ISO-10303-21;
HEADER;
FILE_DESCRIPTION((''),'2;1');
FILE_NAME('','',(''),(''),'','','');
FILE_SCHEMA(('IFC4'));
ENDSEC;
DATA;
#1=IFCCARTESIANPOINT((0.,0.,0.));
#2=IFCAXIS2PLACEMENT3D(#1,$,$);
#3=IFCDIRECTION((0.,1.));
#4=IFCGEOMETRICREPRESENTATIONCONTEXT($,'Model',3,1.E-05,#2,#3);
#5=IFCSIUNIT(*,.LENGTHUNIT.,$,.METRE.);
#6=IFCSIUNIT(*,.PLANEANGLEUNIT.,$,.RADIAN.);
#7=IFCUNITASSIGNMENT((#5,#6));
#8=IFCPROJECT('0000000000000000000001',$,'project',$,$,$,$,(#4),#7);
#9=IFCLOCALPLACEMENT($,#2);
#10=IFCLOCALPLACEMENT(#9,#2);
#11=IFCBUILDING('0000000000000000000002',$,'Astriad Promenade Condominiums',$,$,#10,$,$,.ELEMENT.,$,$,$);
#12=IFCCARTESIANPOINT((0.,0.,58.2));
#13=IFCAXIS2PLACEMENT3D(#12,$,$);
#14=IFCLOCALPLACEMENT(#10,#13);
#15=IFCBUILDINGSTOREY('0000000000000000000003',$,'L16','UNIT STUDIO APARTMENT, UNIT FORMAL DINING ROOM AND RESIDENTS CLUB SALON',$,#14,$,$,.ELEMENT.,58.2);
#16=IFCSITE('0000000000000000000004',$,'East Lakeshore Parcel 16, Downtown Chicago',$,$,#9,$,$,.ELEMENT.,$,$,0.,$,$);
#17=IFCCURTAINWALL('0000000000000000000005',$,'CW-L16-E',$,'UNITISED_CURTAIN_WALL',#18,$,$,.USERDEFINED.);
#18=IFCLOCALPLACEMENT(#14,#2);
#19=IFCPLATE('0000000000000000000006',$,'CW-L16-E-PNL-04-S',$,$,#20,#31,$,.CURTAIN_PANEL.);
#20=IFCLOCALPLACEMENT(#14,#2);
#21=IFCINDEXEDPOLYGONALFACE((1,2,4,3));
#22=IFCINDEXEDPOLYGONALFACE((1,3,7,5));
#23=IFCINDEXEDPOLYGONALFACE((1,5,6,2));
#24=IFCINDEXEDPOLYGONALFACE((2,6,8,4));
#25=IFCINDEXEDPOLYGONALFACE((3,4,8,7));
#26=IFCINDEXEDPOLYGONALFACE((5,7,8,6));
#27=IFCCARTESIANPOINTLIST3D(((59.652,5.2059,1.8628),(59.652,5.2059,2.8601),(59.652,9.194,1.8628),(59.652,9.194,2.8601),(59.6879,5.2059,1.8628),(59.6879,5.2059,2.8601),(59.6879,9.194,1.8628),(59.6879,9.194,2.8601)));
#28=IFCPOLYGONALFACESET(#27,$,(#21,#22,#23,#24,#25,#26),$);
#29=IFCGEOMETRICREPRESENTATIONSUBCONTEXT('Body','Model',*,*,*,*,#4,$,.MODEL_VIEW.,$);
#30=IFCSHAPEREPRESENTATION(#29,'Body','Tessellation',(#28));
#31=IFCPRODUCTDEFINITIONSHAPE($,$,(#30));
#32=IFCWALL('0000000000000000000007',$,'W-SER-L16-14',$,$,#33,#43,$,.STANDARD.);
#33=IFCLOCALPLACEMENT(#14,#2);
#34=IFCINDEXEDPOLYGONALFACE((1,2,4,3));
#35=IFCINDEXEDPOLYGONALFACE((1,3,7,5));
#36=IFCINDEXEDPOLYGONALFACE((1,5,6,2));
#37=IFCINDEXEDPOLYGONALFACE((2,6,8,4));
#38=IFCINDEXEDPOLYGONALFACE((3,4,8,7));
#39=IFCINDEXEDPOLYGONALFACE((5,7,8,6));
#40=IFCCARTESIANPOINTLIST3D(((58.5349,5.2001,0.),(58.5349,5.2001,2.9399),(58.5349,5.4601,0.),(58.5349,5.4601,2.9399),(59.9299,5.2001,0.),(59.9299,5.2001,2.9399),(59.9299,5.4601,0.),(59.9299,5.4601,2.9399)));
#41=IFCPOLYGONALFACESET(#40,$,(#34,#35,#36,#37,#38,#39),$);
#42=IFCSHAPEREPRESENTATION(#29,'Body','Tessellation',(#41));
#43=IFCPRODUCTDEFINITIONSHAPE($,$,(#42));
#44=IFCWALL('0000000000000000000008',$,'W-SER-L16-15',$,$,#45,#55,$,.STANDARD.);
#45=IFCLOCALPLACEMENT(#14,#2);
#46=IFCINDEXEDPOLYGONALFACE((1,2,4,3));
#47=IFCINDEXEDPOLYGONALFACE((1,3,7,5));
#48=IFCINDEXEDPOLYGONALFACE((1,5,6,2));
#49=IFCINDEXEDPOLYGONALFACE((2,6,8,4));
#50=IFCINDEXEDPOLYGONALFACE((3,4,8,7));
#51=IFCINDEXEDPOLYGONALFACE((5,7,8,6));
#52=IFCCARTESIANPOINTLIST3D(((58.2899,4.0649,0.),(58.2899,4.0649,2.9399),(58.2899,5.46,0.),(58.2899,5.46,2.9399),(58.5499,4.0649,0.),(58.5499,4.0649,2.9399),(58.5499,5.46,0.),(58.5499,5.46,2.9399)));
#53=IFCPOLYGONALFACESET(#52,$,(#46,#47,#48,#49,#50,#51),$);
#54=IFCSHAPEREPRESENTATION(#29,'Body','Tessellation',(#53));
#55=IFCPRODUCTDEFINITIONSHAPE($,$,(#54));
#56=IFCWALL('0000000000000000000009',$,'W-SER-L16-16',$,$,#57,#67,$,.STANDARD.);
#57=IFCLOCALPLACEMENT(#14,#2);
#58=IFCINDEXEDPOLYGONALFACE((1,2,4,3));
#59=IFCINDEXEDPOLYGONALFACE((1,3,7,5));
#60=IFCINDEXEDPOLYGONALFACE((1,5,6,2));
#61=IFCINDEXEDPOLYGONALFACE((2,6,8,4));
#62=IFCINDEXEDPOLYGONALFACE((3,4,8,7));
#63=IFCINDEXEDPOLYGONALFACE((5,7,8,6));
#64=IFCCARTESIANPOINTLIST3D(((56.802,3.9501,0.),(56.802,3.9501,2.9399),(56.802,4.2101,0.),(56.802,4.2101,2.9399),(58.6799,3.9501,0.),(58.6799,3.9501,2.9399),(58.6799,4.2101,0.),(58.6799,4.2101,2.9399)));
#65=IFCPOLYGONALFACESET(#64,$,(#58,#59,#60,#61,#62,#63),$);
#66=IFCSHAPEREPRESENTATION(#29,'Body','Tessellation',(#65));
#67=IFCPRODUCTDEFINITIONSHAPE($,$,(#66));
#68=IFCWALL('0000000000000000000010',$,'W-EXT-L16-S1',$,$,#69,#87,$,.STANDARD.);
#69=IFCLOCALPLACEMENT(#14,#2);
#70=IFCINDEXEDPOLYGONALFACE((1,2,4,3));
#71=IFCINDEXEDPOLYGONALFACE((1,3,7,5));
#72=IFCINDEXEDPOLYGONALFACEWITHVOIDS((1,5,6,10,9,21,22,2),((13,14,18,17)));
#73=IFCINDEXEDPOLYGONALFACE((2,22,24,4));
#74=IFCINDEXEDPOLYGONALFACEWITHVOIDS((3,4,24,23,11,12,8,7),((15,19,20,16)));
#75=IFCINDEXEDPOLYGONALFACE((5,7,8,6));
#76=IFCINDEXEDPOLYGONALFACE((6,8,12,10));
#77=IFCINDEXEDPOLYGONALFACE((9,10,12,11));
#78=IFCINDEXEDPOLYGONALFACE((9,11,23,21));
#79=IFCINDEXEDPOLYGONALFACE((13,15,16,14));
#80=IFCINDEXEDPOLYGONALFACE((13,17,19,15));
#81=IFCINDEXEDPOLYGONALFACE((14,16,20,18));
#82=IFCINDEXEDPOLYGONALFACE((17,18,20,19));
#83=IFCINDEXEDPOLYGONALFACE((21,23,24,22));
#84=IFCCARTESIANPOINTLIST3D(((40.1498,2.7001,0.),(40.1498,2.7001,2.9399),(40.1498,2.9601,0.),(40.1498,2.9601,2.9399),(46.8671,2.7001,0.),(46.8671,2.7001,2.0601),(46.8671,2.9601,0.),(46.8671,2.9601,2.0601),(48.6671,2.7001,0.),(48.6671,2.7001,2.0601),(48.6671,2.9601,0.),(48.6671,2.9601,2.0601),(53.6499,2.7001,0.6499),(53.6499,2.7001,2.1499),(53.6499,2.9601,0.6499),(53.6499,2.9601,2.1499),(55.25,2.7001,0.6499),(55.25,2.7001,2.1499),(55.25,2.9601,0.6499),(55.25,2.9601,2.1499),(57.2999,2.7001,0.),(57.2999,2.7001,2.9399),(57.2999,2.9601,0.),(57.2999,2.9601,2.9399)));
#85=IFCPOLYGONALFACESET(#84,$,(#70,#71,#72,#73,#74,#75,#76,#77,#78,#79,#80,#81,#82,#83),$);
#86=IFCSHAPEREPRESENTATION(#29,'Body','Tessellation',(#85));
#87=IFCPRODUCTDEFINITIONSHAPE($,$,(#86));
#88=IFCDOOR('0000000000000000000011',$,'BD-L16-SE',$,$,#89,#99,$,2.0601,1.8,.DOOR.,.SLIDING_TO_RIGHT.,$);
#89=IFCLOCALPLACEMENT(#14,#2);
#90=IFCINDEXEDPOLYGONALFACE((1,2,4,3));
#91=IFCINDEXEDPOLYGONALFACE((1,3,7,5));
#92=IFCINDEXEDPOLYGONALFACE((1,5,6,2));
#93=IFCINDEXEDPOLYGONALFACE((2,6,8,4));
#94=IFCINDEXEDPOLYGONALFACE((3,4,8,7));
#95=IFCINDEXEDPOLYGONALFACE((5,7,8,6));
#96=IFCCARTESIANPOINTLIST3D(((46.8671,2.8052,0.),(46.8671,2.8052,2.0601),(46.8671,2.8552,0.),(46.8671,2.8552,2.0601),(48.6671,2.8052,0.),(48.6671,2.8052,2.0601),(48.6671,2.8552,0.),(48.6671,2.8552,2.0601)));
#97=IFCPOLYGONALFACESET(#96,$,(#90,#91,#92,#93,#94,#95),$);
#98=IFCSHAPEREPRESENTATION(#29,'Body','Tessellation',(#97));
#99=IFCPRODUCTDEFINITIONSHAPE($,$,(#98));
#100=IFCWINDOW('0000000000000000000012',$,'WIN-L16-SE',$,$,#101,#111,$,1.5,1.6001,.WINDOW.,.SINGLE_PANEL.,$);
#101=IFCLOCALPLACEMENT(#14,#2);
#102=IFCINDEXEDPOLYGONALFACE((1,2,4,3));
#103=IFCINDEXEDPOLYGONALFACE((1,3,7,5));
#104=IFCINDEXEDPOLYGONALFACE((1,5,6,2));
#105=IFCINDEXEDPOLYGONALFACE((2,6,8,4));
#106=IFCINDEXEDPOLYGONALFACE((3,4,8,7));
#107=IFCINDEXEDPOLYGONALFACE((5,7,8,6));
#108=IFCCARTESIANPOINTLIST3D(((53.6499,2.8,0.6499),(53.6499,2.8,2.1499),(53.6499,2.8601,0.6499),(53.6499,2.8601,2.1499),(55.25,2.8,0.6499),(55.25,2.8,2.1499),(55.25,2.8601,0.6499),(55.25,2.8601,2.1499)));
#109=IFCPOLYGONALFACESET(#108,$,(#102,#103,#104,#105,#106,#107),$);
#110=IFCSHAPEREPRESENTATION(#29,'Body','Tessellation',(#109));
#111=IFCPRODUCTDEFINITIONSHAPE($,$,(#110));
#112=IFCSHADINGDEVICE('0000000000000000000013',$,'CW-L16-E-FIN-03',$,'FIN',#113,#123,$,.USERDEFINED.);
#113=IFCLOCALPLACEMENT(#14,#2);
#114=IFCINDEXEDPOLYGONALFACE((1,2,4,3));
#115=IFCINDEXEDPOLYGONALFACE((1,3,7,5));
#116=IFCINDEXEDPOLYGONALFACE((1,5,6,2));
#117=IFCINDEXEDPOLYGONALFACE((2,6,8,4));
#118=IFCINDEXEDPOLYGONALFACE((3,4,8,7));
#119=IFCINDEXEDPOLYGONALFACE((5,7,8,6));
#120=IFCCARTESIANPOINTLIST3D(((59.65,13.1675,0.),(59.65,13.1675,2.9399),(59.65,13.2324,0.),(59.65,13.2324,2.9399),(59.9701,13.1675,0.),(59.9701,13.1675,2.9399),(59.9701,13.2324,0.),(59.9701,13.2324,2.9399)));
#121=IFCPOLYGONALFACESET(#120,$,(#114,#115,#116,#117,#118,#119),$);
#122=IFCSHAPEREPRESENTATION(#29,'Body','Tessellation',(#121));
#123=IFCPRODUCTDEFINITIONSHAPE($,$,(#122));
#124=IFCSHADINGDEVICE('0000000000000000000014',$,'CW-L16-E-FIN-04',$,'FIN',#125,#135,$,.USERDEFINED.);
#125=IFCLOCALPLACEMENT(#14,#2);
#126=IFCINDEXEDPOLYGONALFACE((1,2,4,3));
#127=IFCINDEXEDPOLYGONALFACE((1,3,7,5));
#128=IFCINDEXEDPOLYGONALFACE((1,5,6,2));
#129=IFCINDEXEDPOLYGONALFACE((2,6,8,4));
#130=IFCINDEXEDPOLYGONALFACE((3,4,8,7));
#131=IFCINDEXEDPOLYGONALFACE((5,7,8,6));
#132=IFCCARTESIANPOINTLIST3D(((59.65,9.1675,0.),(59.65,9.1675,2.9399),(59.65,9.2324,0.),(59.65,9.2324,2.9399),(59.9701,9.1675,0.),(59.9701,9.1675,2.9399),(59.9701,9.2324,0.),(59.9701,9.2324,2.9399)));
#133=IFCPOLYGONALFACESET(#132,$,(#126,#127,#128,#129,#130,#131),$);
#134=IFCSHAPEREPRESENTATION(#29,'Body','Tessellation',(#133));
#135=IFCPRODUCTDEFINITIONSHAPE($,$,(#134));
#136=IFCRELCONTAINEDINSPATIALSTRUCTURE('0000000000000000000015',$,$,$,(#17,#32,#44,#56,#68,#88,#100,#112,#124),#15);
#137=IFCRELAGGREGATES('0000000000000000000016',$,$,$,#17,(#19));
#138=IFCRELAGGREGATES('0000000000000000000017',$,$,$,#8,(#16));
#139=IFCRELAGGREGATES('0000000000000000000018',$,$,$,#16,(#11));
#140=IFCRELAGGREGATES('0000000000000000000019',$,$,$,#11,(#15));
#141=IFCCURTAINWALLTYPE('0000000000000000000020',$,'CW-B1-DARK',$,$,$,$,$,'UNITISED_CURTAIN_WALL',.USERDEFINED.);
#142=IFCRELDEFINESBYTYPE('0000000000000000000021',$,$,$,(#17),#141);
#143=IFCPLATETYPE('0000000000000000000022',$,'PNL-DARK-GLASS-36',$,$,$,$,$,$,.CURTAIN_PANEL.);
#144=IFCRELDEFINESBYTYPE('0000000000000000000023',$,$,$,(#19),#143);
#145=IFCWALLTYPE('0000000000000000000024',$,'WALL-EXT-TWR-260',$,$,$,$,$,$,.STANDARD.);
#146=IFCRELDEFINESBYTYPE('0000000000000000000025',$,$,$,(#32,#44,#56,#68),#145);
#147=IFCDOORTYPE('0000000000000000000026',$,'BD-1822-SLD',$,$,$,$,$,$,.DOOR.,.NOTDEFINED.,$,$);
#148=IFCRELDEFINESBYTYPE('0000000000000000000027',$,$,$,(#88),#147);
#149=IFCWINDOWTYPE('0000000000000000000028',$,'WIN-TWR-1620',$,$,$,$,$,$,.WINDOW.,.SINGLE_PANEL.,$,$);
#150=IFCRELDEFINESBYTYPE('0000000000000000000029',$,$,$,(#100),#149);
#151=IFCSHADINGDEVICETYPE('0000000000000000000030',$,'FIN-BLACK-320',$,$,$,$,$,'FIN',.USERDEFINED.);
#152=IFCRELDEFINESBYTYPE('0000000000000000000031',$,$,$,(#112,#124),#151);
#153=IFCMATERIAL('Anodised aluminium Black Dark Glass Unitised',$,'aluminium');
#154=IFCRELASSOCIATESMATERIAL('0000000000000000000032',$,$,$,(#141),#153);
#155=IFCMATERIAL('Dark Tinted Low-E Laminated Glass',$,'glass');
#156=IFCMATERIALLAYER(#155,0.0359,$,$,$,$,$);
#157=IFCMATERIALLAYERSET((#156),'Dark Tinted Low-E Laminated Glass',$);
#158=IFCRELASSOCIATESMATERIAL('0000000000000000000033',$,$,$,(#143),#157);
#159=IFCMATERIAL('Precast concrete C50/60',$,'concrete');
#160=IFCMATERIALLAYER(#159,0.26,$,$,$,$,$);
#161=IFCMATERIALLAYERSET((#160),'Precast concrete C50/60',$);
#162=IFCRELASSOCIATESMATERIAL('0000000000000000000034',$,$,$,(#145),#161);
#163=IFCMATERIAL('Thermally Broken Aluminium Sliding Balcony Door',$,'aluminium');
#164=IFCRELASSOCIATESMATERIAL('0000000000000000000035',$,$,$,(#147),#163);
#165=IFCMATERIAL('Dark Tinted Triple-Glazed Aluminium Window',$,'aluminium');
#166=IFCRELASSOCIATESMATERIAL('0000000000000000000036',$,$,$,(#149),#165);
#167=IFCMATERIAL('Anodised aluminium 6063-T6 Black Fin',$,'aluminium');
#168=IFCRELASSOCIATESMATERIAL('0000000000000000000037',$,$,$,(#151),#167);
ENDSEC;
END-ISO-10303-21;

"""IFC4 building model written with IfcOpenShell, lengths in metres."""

from ifc_helpers import new_model, si_unit, direction, frame, frame_2d, origin, origin_2d, place, context, subcontext, project, spatial, rectangle, extrude, source, transform, mapped, material, layer, layer_set, type_object, type_shapes, element, fill, aggregate, save


model = new_model("IFC4")

# Units and contexts
model_context = context("Model", 3, precision=1e-05, world=origin(), true_north=direction((0.0, 1.0)))
body_context = subcontext(model_context, "Body", "Model", "MODEL_VIEW")
ifc_project = project(units=[si_unit("LENGTHUNIT", "METRE"), si_unit("PLANEANGLEUNIT", "RADIAN")], contexts=[model_context])

# Site, building, storey
site_placement = place(None, origin())
site = spatial("IfcSite", under=ifc_project, at=site_placement, Name="East Lakeshore Parcel 16, Downtown Chicago", CompositionType="ELEMENT", RefElevation=0.0)
building_placement = place(site_placement, origin())
building = spatial("IfcBuilding", under=site, at=building_placement, Name="Astriad Promenade Condominiums", CompositionType="ELEMENT")
storey_placement = place(building_placement, frame((0.0, 0.0, 58.2)))
storey = spatial("IfcBuildingStorey", under=building, at=storey_placement, Name="L16", Description="UNIT STUDIO APARTMENT, UNIT FORMAL DINING ROOM AND RESIDENTS CLUB SALON", CompositionType="ELEMENT", Elevation=58.2)

# Curtain wall, plate
ifc_material_1 = material(Name="Anodised aluminium Black Dark Glass Unitised", Category="aluminium")
curtain_wall_type = type_object("IfcCurtainWallType", Name="CW-B1-DARK", ElementType="UNITISED_CURTAIN_WALL", PredefinedType="USERDEFINED", material=ifc_material_1)
curtain_wall_placement = place(storey_placement, origin())
curtain_wall = element("IfcCurtainWall", 1, at=curtain_wall_placement, inside=storey, type_object=curtain_wall_type, Name="CW-L16-E", ObjectType="UNITISED_CURTAIN_WALL", PredefinedType="USERDEFINED")
ifc_material_2 = material(Name="Dark Tinted Low-E Laminated Glass", Category="glass")
ifc_layer_1 = layer(ifc_material_2, 0.0359)
ifc_layer_set_1 = layer_set([ifc_layer_1], Name="Dark Tinted Low-E Laminated Glass")
plate_type = type_object("IfcPlateType", Name="PNL-DARK-GLASS-36", PredefinedType="CURTAIN_PANEL", material=ifc_layer_set_1)
shared_shape_1 = source(origin(), body_context, "Body", "SweptSolid", [
    extrude(rectangle(XDim=3.988, YDim=0.0359, at=origin_2d()), origin(), (0.0, 0.0, 1.0), 0.9973),
])
plate_1_placement = place(storey_placement, frame((59.6699, 7.2, 1.8628), z_axis=(0.0, 0.0, 1.0), x_axis=(0.0, -1.0, 0.0)))
plate_1 = element("IfcPlate", 2, at=plate_1_placement, type_object=plate_type, Name="CW-L16-E-PNL-04-S", PredefinedType="CURTAIN_PANEL", context=body_context, shape_type="MappedRepresentation", body=[
    mapped(shared_shape_1, transform((0.0, 0.0, 0.0), scale=1.0)),
])
aggregate(curtain_wall, [plate_1])

# Walls
ifc_material_3 = material(Name="Precast concrete C50/60", Category="concrete")
ifc_layer_2 = layer(ifc_material_3, 0.26)
ifc_layer_set_2 = layer_set([ifc_layer_2], Name="Precast concrete C50/60")
wall_type = type_object("IfcWallType", Name="WALL-EXT-TWR-260", PredefinedType="STANDARD", material=ifc_layer_set_2)
for number, where, z_axis, x_axis, name in (
    (3, (59.9299, 5.3301, 0.0), (0.0, 0.0, 1.0), (-1.0, 0.0, 0.0), "W-SER-L16-14"),
    (4, (58.4199, 5.46, 0.0), (0.0, 0.0, 1.0), (0.0, -1.0, 0.0), "W-SER-L16-15"),
):
    element("IfcWall", number, at=place(storey_placement, frame(where, z_axis=z_axis, x_axis=x_axis)), inside=storey, type_object=wall_type, Name=name, PredefinedType="STANDARD", context=body_context, shape_type="SweptSolid", body=[
        extrude(rectangle(XDim=1.395, YDim=0.26, at=frame_2d((0.6975, 0.0))), origin(), (0.0, 0.0, 1.0), 2.9399),
    ])
wall_1_placement = place(storey_placement, frame((58.6799, 4.0801, 0.0), z_axis=(0.0, 0.0, 1.0), x_axis=(-1.0, 0.0, 0.0)))
element("IfcWall", 5, at=wall_1_placement, inside=storey, type_object=wall_type, Name="W-SER-L16-16", PredefinedType="STANDARD", context=body_context, shape_type="SweptSolid", body=[
    extrude(rectangle(XDim=1.8779, YDim=0.26, at=frame_2d((0.939, 0.0))), origin(), (0.0, 0.0, 1.0), 2.9399),
])

# Wall, openings, door, window
wall_2_placement = place(storey_placement, frame((57.3, 2.8301, 0.0), z_axis=(0.0, 0.0, 1.0), x_axis=(-1.0, 0.0, 0.0)))
wall_2 = element("IfcWall", 6, at=wall_2_placement, inside=storey, type_object=wall_type, Name="W-EXT-L16-S1", PredefinedType="STANDARD", context=body_context, shape_type="SweptSolid", body=[
    extrude(rectangle(XDim=17.1501, YDim=0.26, at=frame_2d((8.5752, 0.0))), origin(), (0.0, 0.0, 1.0), 2.9399),
])
opening_1_placement = place(wall_2_placement, frame((8.6331, 0.0, 0.0)))
opening_1 = element("IfcOpeningElement", 7, at=opening_1_placement, cuts=wall_2, PredefinedType="OPENING", context=body_context, shape_type="SweptSolid", body=[
    extrude(rectangle(XDim=1.8, YDim=2.0601, at=frame_2d((0.8999, 1.03))), frame((0.0, 0.1399, 0.0), z_axis=(0.0, -1.0, 0.0), x_axis=(1.0, 0.0, 0.0)), (0.0, 0.0, 1.0), 0.28),
])
opening_2_placement = place(wall_2_placement, frame((2.05, 0.0, 0.6499)))
opening_2 = element("IfcOpeningElement", 8, at=opening_2_placement, cuts=wall_2, PredefinedType="OPENING", context=body_context, shape_type="SweptSolid", body=[
    extrude(rectangle(XDim=1.6001, YDim=1.5, at=frame_2d((0.8, 0.75))), frame((0.0, 0.1399, 0.0), z_axis=(0.0, -1.0, 0.0), x_axis=(1.0, 0.0, 0.0)), (0.0, 0.0, 1.0), 0.28),
])
ifc_material_4 = material(Name="Thermally Broken Aluminium Sliding Balcony Door", Category="aluminium")
door_type = type_object("IfcDoorType", Name="BD-1822-SLD", OperationType="NOTDEFINED", PredefinedType="DOOR", material=ifc_material_4)
shared_shape_2 = source(origin(), body_context, "Body", "SweptSolid", [
    extrude(rectangle(XDim=1.8, YDim=2.0601, at=frame_2d((0.8999, 1.03))), frame((0.0, 0.0249, 0.0), z_axis=(0.0, -1.0, 0.0), x_axis=(1.0, 0.0, 0.0)), (0.0, 0.0, 1.0), 0.05),
])
type_shapes(door_type, [shared_shape_2])
door_placement = place(opening_1_placement, origin())
door = element("IfcDoor", 9, at=door_placement, inside=storey, type_object=door_type, Name="BD-L16-SE", OperationType="SLIDING_TO_RIGHT", OverallHeight=2.0601, OverallWidth=1.8, PredefinedType="DOOR", context=body_context, shape_type="MappedRepresentation", body=[
    mapped(shared_shape_2, transform((0.0, 0.0, 0.0), scale=1.0)),
])
fill(opening_1, door)
ifc_material_5 = material(Name="Dark Tinted Triple-Glazed Aluminium Window", Category="aluminium")
window_type = type_object("IfcWindowType", Name="WIN-TWR-1620", PartitioningType="SINGLE_PANEL", PredefinedType="WINDOW", material=ifc_material_5)
shared_shape_3 = source(origin(), body_context, "Body", "SweptSolid", [
    extrude(rectangle(XDim=1.6001, YDim=1.5, at=frame_2d((0.8, 0.75))), frame((0.0, 0.03, 0.0), z_axis=(0.0, -1.0, 0.0), x_axis=(1.0, 0.0, 0.0)), (0.0, 0.0, 1.0), 0.0601),
])
type_shapes(window_type, [shared_shape_3])
window_placement = place(opening_2_placement, origin())
window = element("IfcWindow", 10, at=window_placement, inside=storey, type_object=window_type, Name="WIN-L16-SE", OverallHeight=1.5, OverallWidth=1.6001, PartitioningType="SINGLE_PANEL", PredefinedType="WINDOW", context=body_context, shape_type="MappedRepresentation", body=[
    mapped(shared_shape_3, transform((0.0, 0.0, 0.0), scale=1.0)),
])
fill(opening_2, window)

# Shading devices
ifc_material_6 = material(Name="Anodised aluminium 6063-T6 Black Fin", Category="aluminium")
shading_device_type = type_object("IfcShadingDeviceType", Name="FIN-BLACK-320", ElementType="FIN", PredefinedType="USERDEFINED", material=ifc_material_6)
shared_shape_4 = source(origin(), body_context, "Body", "SweptSolid", [
    extrude(rectangle(XDim=0.0649, YDim=0.3201, at=origin_2d()), origin(), (0.0, 0.0, 1.0), 2.9399),
])
type_shapes(shading_device_type, [shared_shape_4])
for number, where, z_axis, x_axis, name in (
    (11, (59.8101, 13.2, 0.0), (0.0, 0.0, 1.0), (0.0, -1.0, 0.0), "CW-L16-E-FIN-03"),
    (12, (59.8101, 9.2, 0.0), (0.0, 0.0, 1.0), (0.0, -1.0, 0.0), "CW-L16-E-FIN-04"),
):
    element("IfcShadingDevice", number, at=place(storey_placement, frame(where, z_axis=z_axis, x_axis=x_axis)), inside=storey, type_object=shading_device_type, Name=name, ObjectType="FIN", PredefinedType="USERDEFINED", context=body_context, shape_type="MappedRepresentation", body=[
        mapped(shared_shape_4, transform((0.0, 0.0, 0.0), scale=1.0)),
    ])

save(model, "model.ifc")
